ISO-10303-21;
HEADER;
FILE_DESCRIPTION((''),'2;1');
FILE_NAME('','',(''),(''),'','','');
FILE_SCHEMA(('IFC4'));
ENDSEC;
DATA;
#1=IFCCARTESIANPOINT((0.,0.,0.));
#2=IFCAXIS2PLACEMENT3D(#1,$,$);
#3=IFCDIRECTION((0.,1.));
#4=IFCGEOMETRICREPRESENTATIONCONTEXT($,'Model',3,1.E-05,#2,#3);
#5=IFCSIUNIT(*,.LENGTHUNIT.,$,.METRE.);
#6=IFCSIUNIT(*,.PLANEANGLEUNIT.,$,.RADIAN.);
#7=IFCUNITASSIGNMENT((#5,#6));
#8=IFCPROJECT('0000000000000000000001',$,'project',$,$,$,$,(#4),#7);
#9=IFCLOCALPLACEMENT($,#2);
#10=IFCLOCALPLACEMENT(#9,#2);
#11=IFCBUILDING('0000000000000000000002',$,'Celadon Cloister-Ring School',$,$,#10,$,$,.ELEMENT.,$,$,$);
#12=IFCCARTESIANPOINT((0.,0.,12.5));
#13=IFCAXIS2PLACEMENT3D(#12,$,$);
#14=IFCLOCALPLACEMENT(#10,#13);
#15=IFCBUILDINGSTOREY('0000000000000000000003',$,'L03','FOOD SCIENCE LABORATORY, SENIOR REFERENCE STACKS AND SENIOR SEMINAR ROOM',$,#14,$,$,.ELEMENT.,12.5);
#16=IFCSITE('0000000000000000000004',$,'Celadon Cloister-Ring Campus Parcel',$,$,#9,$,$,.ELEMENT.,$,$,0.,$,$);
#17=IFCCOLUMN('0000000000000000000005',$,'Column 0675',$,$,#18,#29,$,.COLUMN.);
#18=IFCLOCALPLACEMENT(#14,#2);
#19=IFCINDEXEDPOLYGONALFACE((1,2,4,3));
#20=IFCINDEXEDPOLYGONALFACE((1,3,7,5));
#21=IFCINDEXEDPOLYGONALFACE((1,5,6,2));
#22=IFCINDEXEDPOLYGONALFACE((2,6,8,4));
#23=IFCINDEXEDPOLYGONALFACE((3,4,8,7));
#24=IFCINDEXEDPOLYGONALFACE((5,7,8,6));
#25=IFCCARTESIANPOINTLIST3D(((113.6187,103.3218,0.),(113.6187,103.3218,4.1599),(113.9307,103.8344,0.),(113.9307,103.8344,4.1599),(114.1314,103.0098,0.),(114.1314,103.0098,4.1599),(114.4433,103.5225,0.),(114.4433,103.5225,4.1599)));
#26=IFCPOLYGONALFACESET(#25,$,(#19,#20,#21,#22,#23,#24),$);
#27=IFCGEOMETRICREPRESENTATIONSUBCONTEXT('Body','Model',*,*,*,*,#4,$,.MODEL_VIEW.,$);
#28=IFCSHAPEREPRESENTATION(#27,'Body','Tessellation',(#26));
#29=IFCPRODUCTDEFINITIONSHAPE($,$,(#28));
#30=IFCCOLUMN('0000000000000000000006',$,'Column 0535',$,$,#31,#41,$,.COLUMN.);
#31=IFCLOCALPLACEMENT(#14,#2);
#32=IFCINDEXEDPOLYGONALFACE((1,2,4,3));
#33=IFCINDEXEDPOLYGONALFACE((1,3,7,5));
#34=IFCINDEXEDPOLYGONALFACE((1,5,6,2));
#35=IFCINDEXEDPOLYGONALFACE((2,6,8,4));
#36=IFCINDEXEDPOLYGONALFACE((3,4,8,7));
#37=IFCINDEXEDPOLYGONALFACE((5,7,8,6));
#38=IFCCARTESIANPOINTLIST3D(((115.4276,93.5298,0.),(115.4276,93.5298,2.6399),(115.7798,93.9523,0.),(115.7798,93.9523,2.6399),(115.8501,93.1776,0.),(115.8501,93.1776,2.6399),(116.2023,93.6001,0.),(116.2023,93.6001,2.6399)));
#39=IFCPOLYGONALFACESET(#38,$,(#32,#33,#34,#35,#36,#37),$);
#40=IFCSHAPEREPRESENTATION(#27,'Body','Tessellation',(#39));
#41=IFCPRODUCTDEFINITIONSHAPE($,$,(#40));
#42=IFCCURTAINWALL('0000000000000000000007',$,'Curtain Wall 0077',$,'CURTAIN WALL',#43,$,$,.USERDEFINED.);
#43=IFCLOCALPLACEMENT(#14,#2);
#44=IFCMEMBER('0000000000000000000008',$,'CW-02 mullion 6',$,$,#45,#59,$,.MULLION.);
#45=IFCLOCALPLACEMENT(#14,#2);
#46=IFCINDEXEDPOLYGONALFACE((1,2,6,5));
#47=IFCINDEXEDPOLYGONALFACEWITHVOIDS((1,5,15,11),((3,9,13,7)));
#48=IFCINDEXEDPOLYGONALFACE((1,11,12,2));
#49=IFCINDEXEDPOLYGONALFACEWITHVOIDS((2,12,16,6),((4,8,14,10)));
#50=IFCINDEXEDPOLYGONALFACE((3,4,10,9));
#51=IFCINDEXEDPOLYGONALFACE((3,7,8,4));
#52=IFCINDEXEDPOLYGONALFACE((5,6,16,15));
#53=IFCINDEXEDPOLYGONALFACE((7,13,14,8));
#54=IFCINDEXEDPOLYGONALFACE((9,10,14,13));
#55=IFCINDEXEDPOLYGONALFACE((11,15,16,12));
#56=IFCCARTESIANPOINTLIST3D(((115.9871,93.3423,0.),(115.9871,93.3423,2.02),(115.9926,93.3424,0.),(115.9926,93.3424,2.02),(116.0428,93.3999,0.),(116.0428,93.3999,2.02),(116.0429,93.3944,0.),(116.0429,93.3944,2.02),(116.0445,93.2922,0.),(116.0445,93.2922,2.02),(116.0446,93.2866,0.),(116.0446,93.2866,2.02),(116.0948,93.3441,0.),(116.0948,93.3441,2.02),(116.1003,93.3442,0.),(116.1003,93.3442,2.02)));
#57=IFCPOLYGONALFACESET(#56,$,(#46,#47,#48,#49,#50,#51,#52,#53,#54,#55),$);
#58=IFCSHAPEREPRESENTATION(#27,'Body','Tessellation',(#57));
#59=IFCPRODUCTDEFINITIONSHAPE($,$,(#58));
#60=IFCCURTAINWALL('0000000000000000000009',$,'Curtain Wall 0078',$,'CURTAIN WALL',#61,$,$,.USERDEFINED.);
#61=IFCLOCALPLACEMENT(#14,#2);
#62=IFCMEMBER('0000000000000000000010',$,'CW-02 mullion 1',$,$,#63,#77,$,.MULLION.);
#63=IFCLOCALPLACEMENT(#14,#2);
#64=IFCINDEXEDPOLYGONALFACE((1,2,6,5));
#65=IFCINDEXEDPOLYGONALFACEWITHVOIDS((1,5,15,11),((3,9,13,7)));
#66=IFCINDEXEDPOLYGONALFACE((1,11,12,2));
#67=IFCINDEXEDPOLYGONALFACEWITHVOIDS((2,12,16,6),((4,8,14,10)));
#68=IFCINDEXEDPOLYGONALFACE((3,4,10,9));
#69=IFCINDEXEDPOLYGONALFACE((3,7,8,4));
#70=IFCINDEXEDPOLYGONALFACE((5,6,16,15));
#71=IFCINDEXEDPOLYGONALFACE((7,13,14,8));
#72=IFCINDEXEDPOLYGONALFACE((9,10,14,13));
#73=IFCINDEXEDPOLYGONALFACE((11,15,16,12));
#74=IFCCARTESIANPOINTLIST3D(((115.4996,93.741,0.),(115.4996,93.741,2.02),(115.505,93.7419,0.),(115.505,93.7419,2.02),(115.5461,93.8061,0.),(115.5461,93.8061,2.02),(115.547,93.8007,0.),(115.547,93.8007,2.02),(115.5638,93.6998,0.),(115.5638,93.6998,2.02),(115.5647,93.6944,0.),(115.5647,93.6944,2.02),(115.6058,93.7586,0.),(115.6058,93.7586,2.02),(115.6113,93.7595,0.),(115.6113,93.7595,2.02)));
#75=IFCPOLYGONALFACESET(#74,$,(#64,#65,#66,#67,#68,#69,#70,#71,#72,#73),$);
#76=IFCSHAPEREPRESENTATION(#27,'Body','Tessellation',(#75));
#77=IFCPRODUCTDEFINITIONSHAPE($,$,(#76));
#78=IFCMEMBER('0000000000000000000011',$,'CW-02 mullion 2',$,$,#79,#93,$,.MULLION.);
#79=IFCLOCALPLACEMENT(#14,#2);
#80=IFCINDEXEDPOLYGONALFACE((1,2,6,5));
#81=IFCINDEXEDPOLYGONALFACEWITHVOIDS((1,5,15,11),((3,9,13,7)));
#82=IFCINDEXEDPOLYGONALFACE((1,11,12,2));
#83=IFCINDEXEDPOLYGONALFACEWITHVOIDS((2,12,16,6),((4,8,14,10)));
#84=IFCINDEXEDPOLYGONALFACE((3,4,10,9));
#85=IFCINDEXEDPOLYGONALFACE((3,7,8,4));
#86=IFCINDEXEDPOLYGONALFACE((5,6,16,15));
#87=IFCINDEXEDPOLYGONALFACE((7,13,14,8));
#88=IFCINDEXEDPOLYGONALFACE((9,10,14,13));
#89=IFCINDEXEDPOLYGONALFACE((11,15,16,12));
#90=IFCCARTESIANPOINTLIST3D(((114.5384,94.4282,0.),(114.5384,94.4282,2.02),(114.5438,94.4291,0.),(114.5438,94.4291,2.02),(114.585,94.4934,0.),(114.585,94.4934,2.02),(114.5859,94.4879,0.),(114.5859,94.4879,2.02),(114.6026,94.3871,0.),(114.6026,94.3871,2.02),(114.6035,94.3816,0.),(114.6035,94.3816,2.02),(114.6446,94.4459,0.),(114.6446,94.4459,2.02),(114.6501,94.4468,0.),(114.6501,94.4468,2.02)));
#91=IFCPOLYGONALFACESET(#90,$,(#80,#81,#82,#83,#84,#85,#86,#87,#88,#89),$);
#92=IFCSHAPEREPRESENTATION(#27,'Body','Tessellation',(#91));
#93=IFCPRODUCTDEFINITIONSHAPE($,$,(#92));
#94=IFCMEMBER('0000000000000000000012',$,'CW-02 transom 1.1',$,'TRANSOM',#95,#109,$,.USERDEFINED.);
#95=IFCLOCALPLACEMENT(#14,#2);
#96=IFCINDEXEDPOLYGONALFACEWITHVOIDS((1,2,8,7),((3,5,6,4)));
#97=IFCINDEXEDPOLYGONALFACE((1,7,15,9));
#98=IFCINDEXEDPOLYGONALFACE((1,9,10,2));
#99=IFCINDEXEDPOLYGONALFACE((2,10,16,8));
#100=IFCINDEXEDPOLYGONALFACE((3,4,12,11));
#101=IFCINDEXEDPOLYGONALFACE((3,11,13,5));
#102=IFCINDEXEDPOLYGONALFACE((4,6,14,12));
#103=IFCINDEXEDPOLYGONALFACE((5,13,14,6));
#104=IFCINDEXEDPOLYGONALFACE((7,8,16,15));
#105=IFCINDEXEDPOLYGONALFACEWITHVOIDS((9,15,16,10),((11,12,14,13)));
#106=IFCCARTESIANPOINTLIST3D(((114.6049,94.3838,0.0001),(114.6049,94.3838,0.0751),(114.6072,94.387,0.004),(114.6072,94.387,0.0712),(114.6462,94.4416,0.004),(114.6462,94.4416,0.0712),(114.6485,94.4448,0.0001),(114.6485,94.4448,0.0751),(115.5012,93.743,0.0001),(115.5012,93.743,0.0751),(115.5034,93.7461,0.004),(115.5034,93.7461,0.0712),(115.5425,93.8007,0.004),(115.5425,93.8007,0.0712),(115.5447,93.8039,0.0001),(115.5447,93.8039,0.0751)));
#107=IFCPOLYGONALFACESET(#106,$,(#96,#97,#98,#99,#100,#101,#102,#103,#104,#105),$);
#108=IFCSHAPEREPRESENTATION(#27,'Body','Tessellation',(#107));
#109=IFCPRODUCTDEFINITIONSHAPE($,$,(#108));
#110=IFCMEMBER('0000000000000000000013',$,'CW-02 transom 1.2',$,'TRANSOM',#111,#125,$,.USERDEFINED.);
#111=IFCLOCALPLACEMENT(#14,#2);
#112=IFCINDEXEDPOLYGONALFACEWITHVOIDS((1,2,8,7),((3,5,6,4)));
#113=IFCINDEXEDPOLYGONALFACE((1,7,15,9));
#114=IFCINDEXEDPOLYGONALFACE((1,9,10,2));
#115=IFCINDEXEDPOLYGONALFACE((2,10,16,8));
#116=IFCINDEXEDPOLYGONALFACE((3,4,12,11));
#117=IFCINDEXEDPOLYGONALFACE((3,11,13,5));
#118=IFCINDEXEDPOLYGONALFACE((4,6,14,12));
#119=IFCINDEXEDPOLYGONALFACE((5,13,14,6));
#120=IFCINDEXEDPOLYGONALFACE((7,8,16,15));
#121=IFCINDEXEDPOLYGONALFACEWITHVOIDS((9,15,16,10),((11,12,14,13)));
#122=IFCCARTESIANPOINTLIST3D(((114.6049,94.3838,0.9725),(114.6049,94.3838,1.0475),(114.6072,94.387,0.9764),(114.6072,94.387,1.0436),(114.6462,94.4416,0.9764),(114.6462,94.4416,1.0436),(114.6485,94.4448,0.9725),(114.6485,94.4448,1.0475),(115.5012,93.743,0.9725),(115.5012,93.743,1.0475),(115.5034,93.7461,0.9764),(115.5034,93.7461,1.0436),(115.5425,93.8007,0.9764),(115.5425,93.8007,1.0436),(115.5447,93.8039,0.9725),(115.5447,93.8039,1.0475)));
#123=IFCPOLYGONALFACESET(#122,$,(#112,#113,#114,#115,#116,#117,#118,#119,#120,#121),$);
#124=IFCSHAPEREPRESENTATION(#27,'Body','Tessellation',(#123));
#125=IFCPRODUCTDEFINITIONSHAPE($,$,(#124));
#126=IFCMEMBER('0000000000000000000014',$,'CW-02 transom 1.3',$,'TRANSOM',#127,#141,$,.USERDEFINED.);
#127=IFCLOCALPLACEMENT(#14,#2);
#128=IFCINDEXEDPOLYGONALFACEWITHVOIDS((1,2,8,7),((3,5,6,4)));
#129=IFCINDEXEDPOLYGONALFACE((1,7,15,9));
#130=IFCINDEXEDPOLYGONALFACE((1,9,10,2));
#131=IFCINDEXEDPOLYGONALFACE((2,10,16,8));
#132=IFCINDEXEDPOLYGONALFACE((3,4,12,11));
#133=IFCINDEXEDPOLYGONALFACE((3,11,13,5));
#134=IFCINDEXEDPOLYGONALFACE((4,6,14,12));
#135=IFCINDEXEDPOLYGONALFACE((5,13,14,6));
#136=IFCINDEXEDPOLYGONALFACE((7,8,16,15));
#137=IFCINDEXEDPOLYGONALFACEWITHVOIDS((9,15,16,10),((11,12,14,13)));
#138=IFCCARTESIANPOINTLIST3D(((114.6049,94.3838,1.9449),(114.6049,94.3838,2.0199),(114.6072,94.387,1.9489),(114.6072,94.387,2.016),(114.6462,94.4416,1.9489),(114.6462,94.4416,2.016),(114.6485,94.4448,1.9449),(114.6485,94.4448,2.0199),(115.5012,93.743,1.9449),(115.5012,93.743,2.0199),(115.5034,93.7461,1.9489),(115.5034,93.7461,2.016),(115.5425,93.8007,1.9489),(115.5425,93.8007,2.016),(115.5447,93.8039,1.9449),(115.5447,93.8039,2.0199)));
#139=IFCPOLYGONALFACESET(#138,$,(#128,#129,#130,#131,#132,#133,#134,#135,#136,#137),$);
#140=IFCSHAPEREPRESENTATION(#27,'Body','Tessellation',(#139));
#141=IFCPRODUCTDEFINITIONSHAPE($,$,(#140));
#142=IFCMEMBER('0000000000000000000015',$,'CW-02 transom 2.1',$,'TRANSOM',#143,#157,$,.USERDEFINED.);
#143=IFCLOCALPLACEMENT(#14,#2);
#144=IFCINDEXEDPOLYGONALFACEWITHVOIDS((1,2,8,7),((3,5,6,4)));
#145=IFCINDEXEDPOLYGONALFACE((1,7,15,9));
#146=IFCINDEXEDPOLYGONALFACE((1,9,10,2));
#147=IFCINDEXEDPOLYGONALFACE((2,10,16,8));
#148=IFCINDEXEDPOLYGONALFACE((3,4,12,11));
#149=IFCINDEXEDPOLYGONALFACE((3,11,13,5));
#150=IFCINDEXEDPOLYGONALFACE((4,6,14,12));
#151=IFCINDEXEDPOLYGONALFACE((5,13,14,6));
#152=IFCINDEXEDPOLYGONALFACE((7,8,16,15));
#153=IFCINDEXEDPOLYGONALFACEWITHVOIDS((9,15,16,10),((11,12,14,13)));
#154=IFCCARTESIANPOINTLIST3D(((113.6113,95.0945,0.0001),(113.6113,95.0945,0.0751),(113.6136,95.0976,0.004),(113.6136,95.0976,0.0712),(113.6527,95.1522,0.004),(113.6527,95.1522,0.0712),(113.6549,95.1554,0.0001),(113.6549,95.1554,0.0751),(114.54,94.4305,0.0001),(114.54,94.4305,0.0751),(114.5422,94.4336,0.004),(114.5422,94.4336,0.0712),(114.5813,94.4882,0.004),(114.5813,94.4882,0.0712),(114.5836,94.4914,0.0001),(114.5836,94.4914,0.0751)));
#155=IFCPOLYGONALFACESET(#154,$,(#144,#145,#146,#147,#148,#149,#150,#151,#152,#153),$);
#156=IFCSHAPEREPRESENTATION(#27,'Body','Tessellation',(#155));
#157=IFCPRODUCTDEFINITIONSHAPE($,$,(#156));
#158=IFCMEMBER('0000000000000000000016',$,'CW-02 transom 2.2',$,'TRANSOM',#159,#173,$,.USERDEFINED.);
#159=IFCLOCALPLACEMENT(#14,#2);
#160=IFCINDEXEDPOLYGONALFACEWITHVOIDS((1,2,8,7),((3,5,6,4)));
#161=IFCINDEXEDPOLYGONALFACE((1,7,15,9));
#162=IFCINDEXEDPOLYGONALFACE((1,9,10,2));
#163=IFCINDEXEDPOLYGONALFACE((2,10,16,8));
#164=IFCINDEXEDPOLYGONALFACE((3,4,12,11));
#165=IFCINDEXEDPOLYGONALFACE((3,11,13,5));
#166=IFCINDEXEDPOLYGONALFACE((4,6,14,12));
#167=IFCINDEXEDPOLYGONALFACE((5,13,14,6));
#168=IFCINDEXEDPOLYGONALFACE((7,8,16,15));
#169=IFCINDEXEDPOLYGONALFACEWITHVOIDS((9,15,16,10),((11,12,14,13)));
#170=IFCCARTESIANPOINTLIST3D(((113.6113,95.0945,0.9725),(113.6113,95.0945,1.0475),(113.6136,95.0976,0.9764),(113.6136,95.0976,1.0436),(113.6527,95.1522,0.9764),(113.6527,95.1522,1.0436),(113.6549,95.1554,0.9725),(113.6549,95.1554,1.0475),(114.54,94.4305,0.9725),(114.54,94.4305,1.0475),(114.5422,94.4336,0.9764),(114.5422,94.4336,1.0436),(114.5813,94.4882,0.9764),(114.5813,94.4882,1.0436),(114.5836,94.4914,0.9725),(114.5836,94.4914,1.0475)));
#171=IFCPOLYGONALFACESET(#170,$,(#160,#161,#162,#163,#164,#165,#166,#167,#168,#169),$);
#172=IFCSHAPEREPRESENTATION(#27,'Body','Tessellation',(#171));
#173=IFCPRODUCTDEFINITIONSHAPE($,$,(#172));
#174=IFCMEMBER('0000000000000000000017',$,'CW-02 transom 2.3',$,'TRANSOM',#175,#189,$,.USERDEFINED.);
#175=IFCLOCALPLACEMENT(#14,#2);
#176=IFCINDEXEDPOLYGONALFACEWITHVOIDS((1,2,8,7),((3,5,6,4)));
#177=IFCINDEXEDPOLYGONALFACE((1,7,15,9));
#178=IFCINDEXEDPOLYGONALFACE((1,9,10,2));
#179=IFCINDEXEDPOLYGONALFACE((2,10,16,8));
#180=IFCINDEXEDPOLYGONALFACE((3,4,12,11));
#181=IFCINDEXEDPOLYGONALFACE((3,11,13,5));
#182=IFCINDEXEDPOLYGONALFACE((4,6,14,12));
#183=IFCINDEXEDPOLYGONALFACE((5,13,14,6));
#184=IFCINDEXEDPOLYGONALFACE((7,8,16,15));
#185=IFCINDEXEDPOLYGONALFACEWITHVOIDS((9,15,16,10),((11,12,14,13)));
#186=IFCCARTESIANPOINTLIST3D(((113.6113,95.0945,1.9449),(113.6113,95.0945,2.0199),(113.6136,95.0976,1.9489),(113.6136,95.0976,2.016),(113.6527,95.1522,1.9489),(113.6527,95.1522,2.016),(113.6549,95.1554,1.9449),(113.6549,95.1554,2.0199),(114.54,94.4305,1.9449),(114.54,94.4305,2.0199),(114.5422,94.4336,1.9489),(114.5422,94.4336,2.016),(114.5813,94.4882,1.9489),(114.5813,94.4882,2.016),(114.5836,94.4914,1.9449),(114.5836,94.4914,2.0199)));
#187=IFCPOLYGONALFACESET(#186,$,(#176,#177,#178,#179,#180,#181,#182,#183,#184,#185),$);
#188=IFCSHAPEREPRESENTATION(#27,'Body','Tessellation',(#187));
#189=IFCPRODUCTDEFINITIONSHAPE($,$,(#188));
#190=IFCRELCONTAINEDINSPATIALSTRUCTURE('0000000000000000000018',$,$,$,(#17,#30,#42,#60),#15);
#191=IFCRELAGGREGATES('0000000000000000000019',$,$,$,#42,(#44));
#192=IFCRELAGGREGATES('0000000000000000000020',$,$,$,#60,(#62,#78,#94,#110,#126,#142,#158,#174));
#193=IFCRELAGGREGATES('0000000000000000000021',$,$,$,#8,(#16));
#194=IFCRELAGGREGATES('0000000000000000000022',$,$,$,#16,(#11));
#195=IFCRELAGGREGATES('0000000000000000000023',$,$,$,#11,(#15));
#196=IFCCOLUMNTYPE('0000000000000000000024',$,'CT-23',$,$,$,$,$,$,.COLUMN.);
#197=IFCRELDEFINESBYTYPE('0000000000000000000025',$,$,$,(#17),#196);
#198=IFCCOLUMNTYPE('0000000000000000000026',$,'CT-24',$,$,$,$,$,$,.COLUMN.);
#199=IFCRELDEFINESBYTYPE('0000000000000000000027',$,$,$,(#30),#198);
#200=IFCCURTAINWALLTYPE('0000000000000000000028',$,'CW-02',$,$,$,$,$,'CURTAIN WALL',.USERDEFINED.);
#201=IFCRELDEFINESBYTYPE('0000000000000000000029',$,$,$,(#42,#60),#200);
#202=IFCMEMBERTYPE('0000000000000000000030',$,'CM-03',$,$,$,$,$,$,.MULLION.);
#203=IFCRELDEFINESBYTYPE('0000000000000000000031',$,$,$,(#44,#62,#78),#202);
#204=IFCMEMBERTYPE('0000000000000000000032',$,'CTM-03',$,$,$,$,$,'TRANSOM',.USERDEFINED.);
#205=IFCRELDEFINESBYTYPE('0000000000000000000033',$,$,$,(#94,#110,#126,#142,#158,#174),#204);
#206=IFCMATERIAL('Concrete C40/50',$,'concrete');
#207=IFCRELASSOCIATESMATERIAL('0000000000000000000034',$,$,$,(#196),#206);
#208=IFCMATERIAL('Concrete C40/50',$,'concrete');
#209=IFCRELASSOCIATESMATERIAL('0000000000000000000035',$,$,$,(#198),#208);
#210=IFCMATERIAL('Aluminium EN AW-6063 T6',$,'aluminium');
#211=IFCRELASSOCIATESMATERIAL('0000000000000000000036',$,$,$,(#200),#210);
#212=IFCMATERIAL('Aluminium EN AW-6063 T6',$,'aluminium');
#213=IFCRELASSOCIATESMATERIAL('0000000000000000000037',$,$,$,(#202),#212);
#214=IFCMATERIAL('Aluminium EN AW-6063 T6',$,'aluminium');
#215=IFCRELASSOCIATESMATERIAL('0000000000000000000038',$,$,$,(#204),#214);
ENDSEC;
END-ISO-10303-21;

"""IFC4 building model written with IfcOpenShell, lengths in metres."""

from ifc_helpers import new_model, si_unit, direction, frame, origin, origin_2d, place, context, subcontext, project, spatial, rectangle, hollow_rectangle, extrude, material, material_profile, profile_set, type_object, element, aggregate, save


model = new_model("IFC4")

# Units and contexts
model_context = context("Model", 3, precision=1e-05, world=origin(), true_north=direction((0.0, 1.0)))
body_context = subcontext(model_context, "Body", "Model", "MODEL_VIEW")
ifc_project = project(units=[si_unit("LENGTHUNIT", "METRE"), si_unit("PLANEANGLEUNIT", "RADIAN")], contexts=[model_context])

# Site, building, storey
site_placement = place(None, origin())
site = spatial("IfcSite", under=ifc_project, at=site_placement, Name="Celadon Cloister-Ring Campus Parcel", CompositionType="ELEMENT", RefElevation=0.0)
building_placement = place(site_placement, origin())
building = spatial("IfcBuilding", under=site, at=building_placement, Name="Celadon Cloister-Ring School", CompositionType="ELEMENT")
storey_placement = place(building_placement, frame((0.0, 0.0, 12.5)))
storey = spatial("IfcBuildingStorey", under=building, at=storey_placement, Name="L03", Description="FOOD SCIENCE LABORATORY, SENIOR REFERENCE STACKS AND SENIOR SEMINAR ROOM", CompositionType="ELEMENT", Elevation=12.5)

# Columns
ifc_material_1 = material(Name="Concrete C40/50", Category="concrete")
ifc_material_profile_1 = material_profile(ifc_material_1, rectangle(XDim=0.6001, YDim=0.6001, at=origin_2d()), Name="RC600X600")
ifc_profile_set_1 = profile_set([ifc_material_profile_1], Name="Concrete C40/50")
column_type_1 = type_object("IfcColumnType", Name="CT-23", PredefinedType="COLUMN", material=ifc_profile_set_1)
column_1_placement = place(storey_placement, frame((114.031, 103.4221, 0.0), z_axis=(0.0, 0.0, 1.0), x_axis=(0.519817, 0.854277, 0.0)))
element("IfcColumn", 1, at=column_1_placement, inside=storey, type_object=column_type_1, Name="Column 0675", PredefinedType="COLUMN", context=body_context, shape_type="SweptSolid", body=[
    extrude(rectangle(XDim=0.6001, YDim=0.6001, at=origin_2d()), origin(), (0.0, 0.0, 1.0), 4.1599),
])
ifc_material_2 = material(Name="Concrete C40/50", Category="concrete")
ifc_material_profile_2 = material_profile(ifc_material_2, rectangle(XDim=0.55, YDim=0.55, at=origin_2d()), Name="RC550X550")
ifc_profile_set_2 = profile_set([ifc_material_profile_2], Name="Concrete C40/50")
column_type_2 = type_object("IfcColumnType", Name="CT-24", PredefinedType="COLUMN", material=ifc_profile_set_2)
column_2_placement = place(storey_placement, frame((115.8149, 93.5649, 0.0), z_axis=(0.0, 0.0, 1.0), x_axis=(0.640324, 0.768105, 0.0)))
element("IfcColumn", 2, at=column_2_placement, inside=storey, type_object=column_type_2, Name="Column 0535", PredefinedType="COLUMN", context=body_context, shape_type="SweptSolid", body=[
    extrude(rectangle(XDim=0.55, YDim=0.55, at=origin_2d()), origin(), (0.0, 0.0, 1.0), 2.6399),
])

# Curtain wall, member
ifc_material_3 = material(Name="Aluminium EN AW-6063 T6", Category="aluminium")
curtain_wall_type = type_object("IfcCurtainWallType", Name="CW-02", ElementType="CURTAIN WALL", PredefinedType="USERDEFINED", material=ifc_material_3)
curtain_wall_1_placement = place(storey_placement, origin())
curtain_wall_1 = element("IfcCurtainWall", 3, at=curtain_wall_1_placement, inside=storey, type_object=curtain_wall_type, Name="Curtain Wall 0077", ObjectType="CURTAIN WALL", PredefinedType="USERDEFINED")
ifc_material_4 = material(Name="Aluminium EN AW-6063 T6", Category="aluminium")
ifc_material_profile_3 = material_profile(ifc_material_4, hollow_rectangle(XDim=0.0801, YDim=0.0801, WallThickness=0.0039, at=origin_2d()), Name="RHS80X80X4")
ifc_profile_set_3 = profile_set([ifc_material_profile_3], Name="Aluminium EN AW-6063 T6")
member_type_1 = type_object("IfcMemberType", Name="CM-03", PredefinedType="MULLION", material=ifc_profile_set_3)
member_1_placement = place(storey_placement, frame((116.0437, 93.3433, 0.0), z_axis=(0.0, 0.0, 1.0), x_axis=(-0.695473, -0.718552, 0.0)))
member_1 = element("IfcMember", 4, at=member_1_placement, type_object=member_type_1, Name="CW-02 mullion 6", PredefinedType="MULLION", context=body_context, shape_type="SweptSolid", body=[
    extrude(hollow_rectangle(XDim=0.0801, YDim=0.0801, WallThickness=0.0039, at=origin_2d()), origin(), (0.0, 0.0, 1.0), 2.02),
])

# Curtain wall, members
curtain_wall_2_placement = place(storey_placement, origin())
curtain_wall_2 = element("IfcCurtainWall", 5, at=curtain_wall_2_placement, inside=storey, type_object=curtain_wall_type, Name="Curtain Wall 0078", ObjectType="CURTAIN WALL", PredefinedType="USERDEFINED")
member_2_placement = place(storey_placement, frame((115.5554, 93.7502, 0.0), z_axis=(0.0, 0.0, 1.0), x_axis=(-0.581641, -0.813446, 0.0)))
member_2 = element("IfcMember", 6, at=member_2_placement, type_object=member_type_1, Name="CW-02 mullion 1", PredefinedType="MULLION", context=body_context, shape_type="SweptSolid", body=[
    extrude(hollow_rectangle(XDim=0.0801, YDim=0.0801, WallThickness=0.0039, at=origin_2d()), origin(), (0.0, 0.0, 1.0), 2.02),
])
member_3_placement = place(storey_placement, frame((114.5942, 94.4375, 0.0), z_axis=(0.0, 0.0, 1.0), x_axis=(-0.581641, -0.813446, 0.0)))
member_3 = element("IfcMember", 7, at=member_3_placement, type_object=member_type_1, Name="CW-02 mullion 2", PredefinedType="MULLION", context=body_context, shape_type="SweptSolid", body=[
    extrude(hollow_rectangle(XDim=0.0801, YDim=0.0801, WallThickness=0.0039, at=origin_2d()), origin(), (0.0, 0.0, 1.0), 2.02),
])
ifc_material_5 = material(Name="Aluminium EN AW-6063 T6", Category="aluminium")
ifc_material_profile_4 = material_profile(ifc_material_5, hollow_rectangle(XDim=0.075, YDim=0.075, WallThickness=0.0039, at=origin_2d()), Name="RHS75X75X4")
ifc_profile_set_4 = profile_set([ifc_material_profile_4], Name="Aluminium EN AW-6063 T6")
member_type_2 = type_object("IfcMemberType", Name="CTM-03", ElementType="TRANSOM", PredefinedType="USERDEFINED", material=ifc_profile_set_4)
member_4_placement = place(storey_placement, frame((115.5229, 93.7734, 0.0376), z_axis=(-0.813434, 0.581657, 0.0), x_axis=(-0.581657, -0.813434, 0.0)))
member_4 = element("IfcMember", 8, at=member_4_placement, type_object=member_type_2, Name="CW-02 transom 1.1", ObjectType="TRANSOM", PredefinedType="USERDEFINED", context=body_context, shape_type="SweptSolid", body=[
    extrude(hollow_rectangle(XDim=0.075, YDim=0.075, WallThickness=0.0039, at=origin_2d()), origin(), (0.0, 0.0, 1.0), 1.1018),
])
member_5_placement = place(storey_placement, frame((115.5229, 93.7734, 1.01), z_axis=(-0.813434, 0.581657, 0.0), x_axis=(-0.581657, -0.813434, 0.0)))
member_5 = element("IfcMember", 9, at=member_5_placement, type_object=member_type_2, Name="CW-02 transom 1.2", ObjectType="TRANSOM", PredefinedType="USERDEFINED", context=body_context, shape_type="SweptSolid", body=[
    extrude(hollow_rectangle(XDim=0.075, YDim=0.075, WallThickness=0.0039, at=origin_2d()), origin(), (0.0, 0.0, 1.0), 1.1018),
])
member_6_placement = place(storey_placement, frame((115.5229, 93.7734, 1.9824), z_axis=(-0.813434, 0.581657, 0.0), x_axis=(-0.581657, -0.813434, 0.0)))
member_6 = element("IfcMember", 10, at=member_6_placement, type_object=member_type_2, Name="CW-02 transom 1.3", ObjectType="TRANSOM", PredefinedType="USERDEFINED", context=body_context, shape_type="SweptSolid", body=[
    extrude(hollow_rectangle(XDim=0.075, YDim=0.075, WallThickness=0.0039, at=origin_2d()), origin(), (0.0, 0.0, 1.0), 1.1018),
])
member_7_placement = place(storey_placement, frame((114.5618, 94.4609, 0.0376), z_axis=(-0.813444, 0.581643, 0.0), x_axis=(-0.581643, -0.813444, 0.0)))
member_7 = element("IfcMember", 11, at=member_7_placement, type_object=member_type_2, Name="CW-02 transom 2.1", ObjectType="TRANSOM", PredefinedType="USERDEFINED", context=body_context, shape_type="SweptSolid", body=[
    extrude(hollow_rectangle(XDim=0.075, YDim=0.075, WallThickness=0.0039, at=origin_2d()), origin(), (0.0, 0.0, 1.0), 1.1416),
])
member_8_placement = place(storey_placement, frame((114.5618, 94.4609, 1.01), z_axis=(-0.813444, 0.581643, 0.0), x_axis=(-0.581643, -0.813444, 0.0)))
member_8 = element("IfcMember", 12, at=member_8_placement, type_object=member_type_2, Name="CW-02 transom 2.2", ObjectType="TRANSOM", PredefinedType="USERDEFINED", context=body_context, shape_type="SweptSolid", body=[
    extrude(hollow_rectangle(XDim=0.075, YDim=0.075, WallThickness=0.0039, at=origin_2d()), origin(), (0.0, 0.0, 1.0), 1.1416),
])
member_9_placement = place(storey_placement, frame((114.5618, 94.4609, 1.9824), z_axis=(-0.813444, 0.581643, 0.0), x_axis=(-0.581643, -0.813444, 0.0)))
member_9 = element("IfcMember", 13, at=member_9_placement, type_object=member_type_2, Name="CW-02 transom 2.3", ObjectType="TRANSOM", PredefinedType="USERDEFINED", context=body_context, shape_type="SweptSolid", body=[
    extrude(hollow_rectangle(XDim=0.075, YDim=0.075, WallThickness=0.0039, at=origin_2d()), origin(), (0.0, 0.0, 1.0), 1.1416),
])

aggregate(curtain_wall_1, [member_1])
aggregate(curtain_wall_2, [member_2, member_3, member_4, member_5, member_6, member_7, member_8, member_9])

save(model, "model.ifc")
